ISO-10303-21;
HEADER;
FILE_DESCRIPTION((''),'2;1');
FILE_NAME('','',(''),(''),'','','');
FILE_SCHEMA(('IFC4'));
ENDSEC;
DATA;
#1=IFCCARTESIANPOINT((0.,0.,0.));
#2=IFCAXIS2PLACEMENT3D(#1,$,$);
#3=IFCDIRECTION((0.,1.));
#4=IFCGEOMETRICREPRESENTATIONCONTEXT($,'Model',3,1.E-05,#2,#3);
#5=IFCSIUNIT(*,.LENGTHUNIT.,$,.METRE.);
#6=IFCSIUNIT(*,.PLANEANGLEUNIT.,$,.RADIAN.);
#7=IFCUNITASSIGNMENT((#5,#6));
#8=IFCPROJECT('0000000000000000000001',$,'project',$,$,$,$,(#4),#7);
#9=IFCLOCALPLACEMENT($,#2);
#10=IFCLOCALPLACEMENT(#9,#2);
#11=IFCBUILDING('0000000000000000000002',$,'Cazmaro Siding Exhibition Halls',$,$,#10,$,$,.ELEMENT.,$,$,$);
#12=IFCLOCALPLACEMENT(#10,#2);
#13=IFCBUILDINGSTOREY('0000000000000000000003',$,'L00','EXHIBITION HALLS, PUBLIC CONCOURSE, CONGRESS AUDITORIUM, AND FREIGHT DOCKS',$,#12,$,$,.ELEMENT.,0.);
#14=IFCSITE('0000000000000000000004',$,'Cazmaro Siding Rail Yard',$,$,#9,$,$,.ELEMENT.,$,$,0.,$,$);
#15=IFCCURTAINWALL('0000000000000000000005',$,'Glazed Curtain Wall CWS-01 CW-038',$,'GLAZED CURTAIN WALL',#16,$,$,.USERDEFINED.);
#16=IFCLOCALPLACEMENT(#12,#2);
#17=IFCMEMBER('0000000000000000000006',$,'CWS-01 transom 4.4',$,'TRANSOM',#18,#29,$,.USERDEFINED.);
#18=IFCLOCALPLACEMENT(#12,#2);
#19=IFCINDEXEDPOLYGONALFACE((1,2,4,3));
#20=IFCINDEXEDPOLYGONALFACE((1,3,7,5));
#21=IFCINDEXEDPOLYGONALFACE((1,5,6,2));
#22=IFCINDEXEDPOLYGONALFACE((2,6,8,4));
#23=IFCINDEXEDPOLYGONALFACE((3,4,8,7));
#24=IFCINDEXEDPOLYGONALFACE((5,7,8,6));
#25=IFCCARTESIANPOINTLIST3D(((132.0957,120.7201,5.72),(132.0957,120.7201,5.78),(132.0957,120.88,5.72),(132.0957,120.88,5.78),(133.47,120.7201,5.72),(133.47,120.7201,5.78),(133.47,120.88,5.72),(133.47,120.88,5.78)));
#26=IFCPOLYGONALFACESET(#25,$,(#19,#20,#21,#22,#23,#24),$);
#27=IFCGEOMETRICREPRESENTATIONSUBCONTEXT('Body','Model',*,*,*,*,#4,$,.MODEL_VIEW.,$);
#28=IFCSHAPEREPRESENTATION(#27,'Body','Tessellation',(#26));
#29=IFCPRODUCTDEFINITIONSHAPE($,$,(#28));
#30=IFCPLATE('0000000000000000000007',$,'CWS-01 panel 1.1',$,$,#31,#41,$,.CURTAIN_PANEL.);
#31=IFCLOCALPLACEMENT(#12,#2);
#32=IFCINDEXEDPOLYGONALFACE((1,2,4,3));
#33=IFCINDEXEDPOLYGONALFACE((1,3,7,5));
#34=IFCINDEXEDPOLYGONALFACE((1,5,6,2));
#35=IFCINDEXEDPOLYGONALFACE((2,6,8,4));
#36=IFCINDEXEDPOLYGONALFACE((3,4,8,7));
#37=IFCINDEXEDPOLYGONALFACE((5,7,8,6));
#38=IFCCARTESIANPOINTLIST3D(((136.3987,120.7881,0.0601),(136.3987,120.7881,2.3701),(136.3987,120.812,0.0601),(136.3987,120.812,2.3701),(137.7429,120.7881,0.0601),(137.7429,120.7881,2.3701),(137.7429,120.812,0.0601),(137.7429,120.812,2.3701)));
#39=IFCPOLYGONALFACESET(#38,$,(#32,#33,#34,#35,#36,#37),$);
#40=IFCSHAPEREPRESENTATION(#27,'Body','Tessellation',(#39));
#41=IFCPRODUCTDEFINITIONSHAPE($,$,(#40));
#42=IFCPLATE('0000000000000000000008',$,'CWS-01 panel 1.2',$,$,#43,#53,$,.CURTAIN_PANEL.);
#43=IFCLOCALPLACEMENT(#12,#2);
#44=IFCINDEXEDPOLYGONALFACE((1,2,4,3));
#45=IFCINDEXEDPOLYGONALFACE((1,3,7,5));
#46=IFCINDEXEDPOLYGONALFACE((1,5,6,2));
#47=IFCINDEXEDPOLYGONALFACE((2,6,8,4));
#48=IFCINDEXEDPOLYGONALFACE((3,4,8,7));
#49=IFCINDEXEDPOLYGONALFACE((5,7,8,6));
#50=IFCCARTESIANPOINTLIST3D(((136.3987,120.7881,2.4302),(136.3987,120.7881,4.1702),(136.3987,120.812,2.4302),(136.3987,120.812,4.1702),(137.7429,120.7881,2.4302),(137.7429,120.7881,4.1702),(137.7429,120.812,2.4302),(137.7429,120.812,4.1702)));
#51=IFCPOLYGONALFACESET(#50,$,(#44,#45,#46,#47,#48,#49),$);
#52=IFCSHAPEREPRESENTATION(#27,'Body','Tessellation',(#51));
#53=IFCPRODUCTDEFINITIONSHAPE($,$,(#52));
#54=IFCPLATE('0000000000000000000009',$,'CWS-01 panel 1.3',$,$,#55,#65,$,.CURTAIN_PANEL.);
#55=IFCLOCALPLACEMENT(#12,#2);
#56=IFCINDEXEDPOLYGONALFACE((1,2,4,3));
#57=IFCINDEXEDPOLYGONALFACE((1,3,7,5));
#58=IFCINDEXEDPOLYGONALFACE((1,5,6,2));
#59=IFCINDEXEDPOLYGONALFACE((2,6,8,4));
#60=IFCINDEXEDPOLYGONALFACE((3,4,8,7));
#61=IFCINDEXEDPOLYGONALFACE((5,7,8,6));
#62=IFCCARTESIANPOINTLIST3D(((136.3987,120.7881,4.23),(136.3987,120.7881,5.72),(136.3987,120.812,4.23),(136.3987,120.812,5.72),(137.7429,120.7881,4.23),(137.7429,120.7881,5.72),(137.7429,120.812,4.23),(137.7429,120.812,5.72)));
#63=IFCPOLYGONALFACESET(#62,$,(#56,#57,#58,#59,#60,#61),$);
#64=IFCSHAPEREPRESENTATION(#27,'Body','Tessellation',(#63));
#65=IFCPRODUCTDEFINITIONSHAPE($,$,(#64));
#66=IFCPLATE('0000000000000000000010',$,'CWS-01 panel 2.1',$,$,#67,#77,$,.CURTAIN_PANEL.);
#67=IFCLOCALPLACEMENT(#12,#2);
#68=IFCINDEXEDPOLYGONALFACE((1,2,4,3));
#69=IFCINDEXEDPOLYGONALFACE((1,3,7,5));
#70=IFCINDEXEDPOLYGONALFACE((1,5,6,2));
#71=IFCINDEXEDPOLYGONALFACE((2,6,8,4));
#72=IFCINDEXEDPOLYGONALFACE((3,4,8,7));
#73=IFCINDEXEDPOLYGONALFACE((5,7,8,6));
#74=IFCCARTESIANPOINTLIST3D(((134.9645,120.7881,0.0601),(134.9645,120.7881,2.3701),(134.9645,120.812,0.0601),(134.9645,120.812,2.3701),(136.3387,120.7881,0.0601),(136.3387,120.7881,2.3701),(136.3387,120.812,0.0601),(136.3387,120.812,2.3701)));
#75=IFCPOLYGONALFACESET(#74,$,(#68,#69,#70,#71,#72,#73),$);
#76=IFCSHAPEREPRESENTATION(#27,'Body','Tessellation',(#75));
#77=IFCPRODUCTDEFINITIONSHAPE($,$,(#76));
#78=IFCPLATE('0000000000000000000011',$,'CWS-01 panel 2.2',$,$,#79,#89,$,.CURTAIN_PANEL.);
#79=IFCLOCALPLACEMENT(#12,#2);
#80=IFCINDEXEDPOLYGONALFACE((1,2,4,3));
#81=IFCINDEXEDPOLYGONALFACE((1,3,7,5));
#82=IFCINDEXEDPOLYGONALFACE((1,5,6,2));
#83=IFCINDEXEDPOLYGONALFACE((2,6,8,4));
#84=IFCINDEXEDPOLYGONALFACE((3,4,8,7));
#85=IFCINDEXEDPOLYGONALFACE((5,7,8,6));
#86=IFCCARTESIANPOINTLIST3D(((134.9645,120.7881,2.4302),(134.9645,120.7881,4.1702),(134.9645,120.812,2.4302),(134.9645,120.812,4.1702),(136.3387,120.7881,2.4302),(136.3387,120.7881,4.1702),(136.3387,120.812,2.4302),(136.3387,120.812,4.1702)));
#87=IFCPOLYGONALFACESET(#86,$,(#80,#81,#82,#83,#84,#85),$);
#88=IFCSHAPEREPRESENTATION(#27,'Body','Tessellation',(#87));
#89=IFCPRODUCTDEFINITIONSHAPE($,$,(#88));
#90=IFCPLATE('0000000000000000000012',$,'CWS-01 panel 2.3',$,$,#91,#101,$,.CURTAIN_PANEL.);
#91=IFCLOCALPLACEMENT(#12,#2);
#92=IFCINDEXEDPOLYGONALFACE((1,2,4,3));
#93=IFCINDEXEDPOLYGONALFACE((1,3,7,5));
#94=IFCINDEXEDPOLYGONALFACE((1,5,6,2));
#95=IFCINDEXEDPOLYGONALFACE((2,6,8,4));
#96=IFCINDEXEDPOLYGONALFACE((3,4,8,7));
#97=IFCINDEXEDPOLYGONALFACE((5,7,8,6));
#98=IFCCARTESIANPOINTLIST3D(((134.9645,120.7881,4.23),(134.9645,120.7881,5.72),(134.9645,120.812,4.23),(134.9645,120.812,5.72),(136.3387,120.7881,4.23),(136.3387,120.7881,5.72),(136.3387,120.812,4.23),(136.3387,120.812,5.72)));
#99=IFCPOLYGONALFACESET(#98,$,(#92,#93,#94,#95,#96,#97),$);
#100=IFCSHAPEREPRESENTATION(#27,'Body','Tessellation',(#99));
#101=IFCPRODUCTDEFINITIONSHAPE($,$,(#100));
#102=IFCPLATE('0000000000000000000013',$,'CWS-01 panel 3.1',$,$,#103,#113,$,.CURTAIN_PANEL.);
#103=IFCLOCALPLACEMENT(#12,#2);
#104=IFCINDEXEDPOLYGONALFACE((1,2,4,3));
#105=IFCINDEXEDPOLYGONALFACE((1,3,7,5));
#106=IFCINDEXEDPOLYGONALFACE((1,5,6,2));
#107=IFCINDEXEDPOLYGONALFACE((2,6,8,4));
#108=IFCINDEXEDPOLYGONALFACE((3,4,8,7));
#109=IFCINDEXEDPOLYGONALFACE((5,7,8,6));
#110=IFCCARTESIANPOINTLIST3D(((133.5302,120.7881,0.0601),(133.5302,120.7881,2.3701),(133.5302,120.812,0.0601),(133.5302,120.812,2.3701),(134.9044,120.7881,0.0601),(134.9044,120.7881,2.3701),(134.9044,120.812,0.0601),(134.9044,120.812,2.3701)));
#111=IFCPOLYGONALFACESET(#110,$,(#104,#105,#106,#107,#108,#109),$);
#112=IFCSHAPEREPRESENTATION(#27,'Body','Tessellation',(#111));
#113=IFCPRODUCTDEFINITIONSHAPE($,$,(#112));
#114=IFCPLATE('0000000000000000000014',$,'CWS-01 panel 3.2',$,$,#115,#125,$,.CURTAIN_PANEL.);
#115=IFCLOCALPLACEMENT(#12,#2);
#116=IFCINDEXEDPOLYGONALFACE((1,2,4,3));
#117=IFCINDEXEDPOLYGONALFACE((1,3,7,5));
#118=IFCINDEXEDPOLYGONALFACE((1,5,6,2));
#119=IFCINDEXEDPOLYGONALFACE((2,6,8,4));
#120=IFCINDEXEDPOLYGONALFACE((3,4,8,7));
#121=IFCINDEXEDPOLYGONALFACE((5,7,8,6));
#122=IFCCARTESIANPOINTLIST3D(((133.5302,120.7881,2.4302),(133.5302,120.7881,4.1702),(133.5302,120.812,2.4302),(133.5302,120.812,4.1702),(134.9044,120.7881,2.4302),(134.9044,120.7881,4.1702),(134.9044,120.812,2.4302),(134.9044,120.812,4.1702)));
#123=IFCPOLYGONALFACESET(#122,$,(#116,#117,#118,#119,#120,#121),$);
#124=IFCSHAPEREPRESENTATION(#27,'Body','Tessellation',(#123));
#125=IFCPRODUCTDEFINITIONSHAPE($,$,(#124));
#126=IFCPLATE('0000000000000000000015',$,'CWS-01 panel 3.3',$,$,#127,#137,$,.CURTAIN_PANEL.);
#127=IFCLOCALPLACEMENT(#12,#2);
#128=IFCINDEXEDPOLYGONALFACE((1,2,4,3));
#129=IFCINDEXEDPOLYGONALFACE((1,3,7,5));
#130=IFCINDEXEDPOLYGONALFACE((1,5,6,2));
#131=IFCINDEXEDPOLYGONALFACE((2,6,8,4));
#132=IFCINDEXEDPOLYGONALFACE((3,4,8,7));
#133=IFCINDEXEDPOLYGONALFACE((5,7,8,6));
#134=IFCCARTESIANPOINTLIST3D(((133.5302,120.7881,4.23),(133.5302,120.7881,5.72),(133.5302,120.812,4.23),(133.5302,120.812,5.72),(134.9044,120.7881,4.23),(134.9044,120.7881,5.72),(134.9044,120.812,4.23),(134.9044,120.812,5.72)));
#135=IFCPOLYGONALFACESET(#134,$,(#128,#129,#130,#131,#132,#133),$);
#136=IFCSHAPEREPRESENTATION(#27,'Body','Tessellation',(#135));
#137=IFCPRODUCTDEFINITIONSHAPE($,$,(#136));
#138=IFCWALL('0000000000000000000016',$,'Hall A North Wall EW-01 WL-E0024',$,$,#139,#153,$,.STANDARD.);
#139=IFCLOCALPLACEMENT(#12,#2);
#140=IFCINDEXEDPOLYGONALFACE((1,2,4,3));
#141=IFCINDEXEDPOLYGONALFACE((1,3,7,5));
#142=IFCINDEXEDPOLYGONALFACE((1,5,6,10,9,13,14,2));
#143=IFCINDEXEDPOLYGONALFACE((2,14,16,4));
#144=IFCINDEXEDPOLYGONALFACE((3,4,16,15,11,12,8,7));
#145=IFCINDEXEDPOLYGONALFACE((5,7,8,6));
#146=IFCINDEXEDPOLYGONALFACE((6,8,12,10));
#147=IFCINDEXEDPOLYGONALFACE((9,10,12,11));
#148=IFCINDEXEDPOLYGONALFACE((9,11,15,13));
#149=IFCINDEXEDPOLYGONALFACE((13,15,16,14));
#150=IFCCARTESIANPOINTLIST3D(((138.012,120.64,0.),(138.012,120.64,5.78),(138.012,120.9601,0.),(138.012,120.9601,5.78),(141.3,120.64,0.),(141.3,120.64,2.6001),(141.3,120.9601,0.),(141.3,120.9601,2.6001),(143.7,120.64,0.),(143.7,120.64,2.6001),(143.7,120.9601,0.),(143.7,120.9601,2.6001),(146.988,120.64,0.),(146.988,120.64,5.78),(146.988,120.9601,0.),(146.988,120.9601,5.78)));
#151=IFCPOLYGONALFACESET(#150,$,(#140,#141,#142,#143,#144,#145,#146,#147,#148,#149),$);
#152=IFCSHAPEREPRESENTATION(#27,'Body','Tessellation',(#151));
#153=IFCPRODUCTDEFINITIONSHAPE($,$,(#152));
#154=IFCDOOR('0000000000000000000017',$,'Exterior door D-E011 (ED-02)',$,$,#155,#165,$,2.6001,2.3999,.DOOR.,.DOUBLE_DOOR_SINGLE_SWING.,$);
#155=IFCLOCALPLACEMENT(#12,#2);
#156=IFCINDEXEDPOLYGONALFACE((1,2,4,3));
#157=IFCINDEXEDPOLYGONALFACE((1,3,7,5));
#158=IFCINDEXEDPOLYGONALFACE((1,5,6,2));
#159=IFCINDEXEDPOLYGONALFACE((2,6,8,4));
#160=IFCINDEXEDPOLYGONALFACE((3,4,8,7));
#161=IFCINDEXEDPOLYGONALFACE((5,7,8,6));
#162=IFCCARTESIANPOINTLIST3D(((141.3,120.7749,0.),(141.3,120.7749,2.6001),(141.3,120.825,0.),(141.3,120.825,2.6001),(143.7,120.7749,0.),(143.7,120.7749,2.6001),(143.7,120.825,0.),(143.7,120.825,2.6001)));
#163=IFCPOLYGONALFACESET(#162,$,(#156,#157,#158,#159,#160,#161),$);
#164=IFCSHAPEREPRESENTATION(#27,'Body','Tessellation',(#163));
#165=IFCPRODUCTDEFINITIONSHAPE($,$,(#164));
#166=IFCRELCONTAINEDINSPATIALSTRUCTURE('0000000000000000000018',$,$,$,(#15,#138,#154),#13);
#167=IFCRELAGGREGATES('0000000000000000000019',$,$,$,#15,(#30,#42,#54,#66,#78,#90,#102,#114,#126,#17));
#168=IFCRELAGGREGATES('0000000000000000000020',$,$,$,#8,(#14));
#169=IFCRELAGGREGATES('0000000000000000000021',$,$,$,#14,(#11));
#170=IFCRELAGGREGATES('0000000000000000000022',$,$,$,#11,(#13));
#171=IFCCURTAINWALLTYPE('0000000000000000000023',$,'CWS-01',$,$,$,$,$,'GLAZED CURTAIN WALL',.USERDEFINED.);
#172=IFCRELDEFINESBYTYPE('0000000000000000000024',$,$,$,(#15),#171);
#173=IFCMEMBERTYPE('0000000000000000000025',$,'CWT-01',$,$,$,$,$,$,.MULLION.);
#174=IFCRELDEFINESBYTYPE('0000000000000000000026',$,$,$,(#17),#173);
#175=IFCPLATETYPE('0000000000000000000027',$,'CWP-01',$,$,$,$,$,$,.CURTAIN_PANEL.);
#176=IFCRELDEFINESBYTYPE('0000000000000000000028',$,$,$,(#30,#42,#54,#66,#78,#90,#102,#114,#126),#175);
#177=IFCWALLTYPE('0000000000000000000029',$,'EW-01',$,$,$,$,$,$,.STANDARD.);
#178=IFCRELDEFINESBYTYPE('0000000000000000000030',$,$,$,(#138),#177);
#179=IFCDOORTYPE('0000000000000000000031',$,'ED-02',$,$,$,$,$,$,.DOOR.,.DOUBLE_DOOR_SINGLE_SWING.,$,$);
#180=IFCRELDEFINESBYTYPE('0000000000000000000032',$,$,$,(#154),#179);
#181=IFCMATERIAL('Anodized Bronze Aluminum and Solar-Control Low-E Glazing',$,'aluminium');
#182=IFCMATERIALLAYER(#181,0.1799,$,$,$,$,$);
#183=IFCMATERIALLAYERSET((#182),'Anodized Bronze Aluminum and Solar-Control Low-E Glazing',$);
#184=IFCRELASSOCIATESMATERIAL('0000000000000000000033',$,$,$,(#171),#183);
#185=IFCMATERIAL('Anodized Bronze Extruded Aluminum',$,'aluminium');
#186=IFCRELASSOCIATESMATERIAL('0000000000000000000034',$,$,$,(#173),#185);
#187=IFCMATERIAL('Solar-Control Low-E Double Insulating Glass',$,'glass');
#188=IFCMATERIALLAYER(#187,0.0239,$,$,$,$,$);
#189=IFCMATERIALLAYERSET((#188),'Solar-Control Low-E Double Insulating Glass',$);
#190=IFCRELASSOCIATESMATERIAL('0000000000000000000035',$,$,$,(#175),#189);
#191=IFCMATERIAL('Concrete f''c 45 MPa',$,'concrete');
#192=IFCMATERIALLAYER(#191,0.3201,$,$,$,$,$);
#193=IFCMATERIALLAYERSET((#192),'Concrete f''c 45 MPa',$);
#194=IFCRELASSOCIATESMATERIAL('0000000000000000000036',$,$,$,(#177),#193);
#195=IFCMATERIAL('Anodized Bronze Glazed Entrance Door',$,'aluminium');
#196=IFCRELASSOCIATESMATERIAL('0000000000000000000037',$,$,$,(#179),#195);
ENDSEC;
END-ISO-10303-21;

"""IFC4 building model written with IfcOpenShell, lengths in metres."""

from ifc_helpers import new_model, si_unit, direction, frame, frame_2d, origin, origin_2d, place, context, subcontext, project, spatial, rectangle, extrude, material, layer, layer_set, material_profile, profile_set, type_object, element, fill, aggregate, save


model = new_model("IFC4")

# Units and contexts
model_context = context("Model", 3, precision=1e-05, world=origin(), true_north=direction((0.0, 1.0)))
body_context = subcontext(model_context, "Body", "Model", "MODEL_VIEW")
ifc_project = project(units=[si_unit("LENGTHUNIT", "METRE"), si_unit("PLANEANGLEUNIT", "RADIAN")], contexts=[model_context])

# Site, building, storey
site_placement = place(None, origin())
site = spatial("IfcSite", under=ifc_project, at=site_placement, Name="Cazmaro Siding Rail Yard", CompositionType="ELEMENT", RefElevation=0.0)
building_placement = place(site_placement, origin())
building = spatial("IfcBuilding", under=site, at=building_placement, Name="Cazmaro Siding Exhibition Halls", CompositionType="ELEMENT")
storey_placement = place(building_placement, origin())
storey = spatial("IfcBuildingStorey", under=building, at=storey_placement, Name="L00", Description="EXHIBITION HALLS, PUBLIC CONCOURSE, CONGRESS AUDITORIUM, AND FREIGHT DOCKS", CompositionType="ELEMENT", Elevation=0.0)

# Curtain wall, member, plates
ifc_material_1 = material(Name="Anodized Bronze Aluminum and Solar-Control Low-E Glazing", Category="aluminium")
ifc_layer_1 = layer(ifc_material_1, 0.1799)
ifc_layer_set_1 = layer_set([ifc_layer_1], Name="Anodized Bronze Aluminum and Solar-Control Low-E Glazing")
curtain_wall_type = type_object("IfcCurtainWallType", Name="CWS-01", ElementType="GLAZED CURTAIN WALL", PredefinedType="USERDEFINED", material=ifc_layer_set_1)
curtain_wall_placement = place(storey_placement, origin())
curtain_wall = element("IfcCurtainWall", 1, at=curtain_wall_placement, inside=storey, type_object=curtain_wall_type, Name="Glazed Curtain Wall CWS-01 CW-038", ObjectType="GLAZED CURTAIN WALL", PredefinedType="USERDEFINED")
ifc_material_2 = material(Name="Anodized Bronze Extruded Aluminum", Category="aluminium")
ifc_material_profile_1 = material_profile(ifc_material_2, rectangle(XDim=0.1599, YDim=0.0601, at=origin_2d()), Name="CWT-01")
ifc_profile_set_1 = profile_set([ifc_material_profile_1], Name="Anodized Bronze Extruded Aluminum")
member_type_1 = type_object("IfcMemberType", Name="CWT-01", PredefinedType="MULLION", material=ifc_profile_set_1)
member_1_placement = place(storey_placement, frame((133.47, 120.8, 5.75), z_axis=(-1.0, 0.0, 0.0), x_axis=(0.0, -1.0, 0.0)))
member_1 = element("IfcMember", 2, at=member_1_placement, type_object=member_type_1, Name="CWS-01 transom 4.4", ObjectType="TRANSOM", PredefinedType="USERDEFINED", context=body_context, shape_type="SweptSolid", body=[
    extrude(rectangle(XDim=0.1599, YDim=0.0601, at=origin_2d()), origin(), (0.0, 0.0, 1.0), 1.3743),
])
ifc_material_3 = material(Name="Solar-Control Low-E Double Insulating Glass", Category="glass")
ifc_layer_2 = layer(ifc_material_3, 0.0239)
ifc_layer_set_2 = layer_set([ifc_layer_2], Name="Solar-Control Low-E Double Insulating Glass")
plate_type = type_object("IfcPlateType", Name="CWP-01", PredefinedType="CURTAIN_PANEL", material=ifc_layer_set_2)
plate_1_placement = place(storey_placement, frame((137.0708, 120.8, 0.0601), z_axis=(0.0, 0.0, 1.0), x_axis=(-1.0, 0.0, 0.0)))
plate_1 = element("IfcPlate", 3, at=plate_1_placement, type_object=plate_type, Name="CWS-01 panel 1.1", PredefinedType="CURTAIN_PANEL", context=body_context, shape_type="SweptSolid", body=[
    extrude(rectangle(XDim=1.3442, YDim=0.0239, at=origin_2d()), origin(), (0.0, 0.0, 1.0), 2.3101),
])
plate_2_placement = place(storey_placement, frame((137.0708, 120.8, 2.4302), z_axis=(0.0, 0.0, 1.0), x_axis=(-1.0, 0.0, 0.0)))
plate_2 = element("IfcPlate", 4, at=plate_2_placement, type_object=plate_type, Name="CWS-01 panel 1.2", PredefinedType="CURTAIN_PANEL", context=body_context, shape_type="SweptSolid", body=[
    extrude(rectangle(XDim=1.3442, YDim=0.0239, at=origin_2d()), origin(), (0.0, 0.0, 1.0), 1.74),
])
plate_3_placement = place(storey_placement, frame((137.0708, 120.8, 4.23), z_axis=(0.0, 0.0, 1.0), x_axis=(-1.0, 0.0, 0.0)))
plate_3 = element("IfcPlate", 5, at=plate_3_placement, type_object=plate_type, Name="CWS-01 panel 1.3", PredefinedType="CURTAIN_PANEL", context=body_context, shape_type="SweptSolid", body=[
    extrude(rectangle(XDim=1.3442, YDim=0.0239, at=origin_2d()), origin(), (0.0, 0.0, 1.0), 1.49),
])
plate_4_placement = place(storey_placement, frame((135.6516, 120.8, 0.0601), z_axis=(0.0, 0.0, 1.0), x_axis=(-1.0, 0.0, 0.0)))
plate_4 = element("IfcPlate", 6, at=plate_4_placement, type_object=plate_type, Name="CWS-01 panel 2.1", PredefinedType="CURTAIN_PANEL", context=body_context, shape_type="SweptSolid", body=[
    extrude(rectangle(XDim=1.3743, YDim=0.0239, at=origin_2d()), origin(), (0.0, 0.0, 1.0), 2.3101),
])
plate_5_placement = place(storey_placement, frame((135.6516, 120.8, 2.4302), z_axis=(0.0, 0.0, 1.0), x_axis=(-1.0, 0.0, 0.0)))
plate_5 = element("IfcPlate", 7, at=plate_5_placement, type_object=plate_type, Name="CWS-01 panel 2.2", PredefinedType="CURTAIN_PANEL", context=body_context, shape_type="SweptSolid", body=[
    extrude(rectangle(XDim=1.3743, YDim=0.0239, at=origin_2d()), origin(), (0.0, 0.0, 1.0), 1.74),
])
plate_6_placement = place(storey_placement, frame((135.6516, 120.8, 4.23), z_axis=(0.0, 0.0, 1.0), x_axis=(-1.0, 0.0, 0.0)))
plate_6 = element("IfcPlate", 8, at=plate_6_placement, type_object=plate_type, Name="CWS-01 panel 2.3", PredefinedType="CURTAIN_PANEL", context=body_context, shape_type="SweptSolid", body=[
    extrude(rectangle(XDim=1.3743, YDim=0.0239, at=origin_2d()), origin(), (0.0, 0.0, 1.0), 1.49),
])
plate_7_placement = place(storey_placement, frame((134.2173, 120.8, 0.0601), z_axis=(0.0, 0.0, 1.0), x_axis=(-1.0, 0.0, 0.0)))
plate_7 = element("IfcPlate", 9, at=plate_7_placement, type_object=plate_type, Name="CWS-01 panel 3.1", PredefinedType="CURTAIN_PANEL", context=body_context, shape_type="SweptSolid", body=[
    extrude(rectangle(XDim=1.3743, YDim=0.0239, at=origin_2d()), origin(), (0.0, 0.0, 1.0), 2.3101),
])
plate_8_placement = place(storey_placement, frame((134.2173, 120.8, 2.4302), z_axis=(0.0, 0.0, 1.0), x_axis=(-1.0, 0.0, 0.0)))
plate_8 = element("IfcPlate", 10, at=plate_8_placement, type_object=plate_type, Name="CWS-01 panel 3.2", PredefinedType="CURTAIN_PANEL", context=body_context, shape_type="SweptSolid", body=[
    extrude(rectangle(XDim=1.3743, YDim=0.0239, at=origin_2d()), origin(), (0.0, 0.0, 1.0), 1.74),
])
plate_9_placement = place(storey_placement, frame((134.2173, 120.8, 4.23), z_axis=(0.0, 0.0, 1.0), x_axis=(-1.0, 0.0, 0.0)))
plate_9 = element("IfcPlate", 11, at=plate_9_placement, type_object=plate_type, Name="CWS-01 panel 3.3", PredefinedType="CURTAIN_PANEL", context=body_context, shape_type="SweptSolid", body=[
    extrude(rectangle(XDim=1.3743, YDim=0.0239, at=origin_2d()), origin(), (0.0, 0.0, 1.0), 1.49),
])
aggregate(curtain_wall, [plate_1, plate_2, plate_3, plate_4, plate_5, plate_6, plate_7, plate_8, plate_9, member_1])

# Wall, opening, door
ifc_material_4 = material(Name="Concrete f'c 45 MPa", Category="concrete")
ifc_layer_3 = layer(ifc_material_4, 0.3201)
ifc_layer_set_3 = layer_set([ifc_layer_3], Name="Concrete f'c 45 MPa")
wall_type = type_object("IfcWallType", Name="EW-01", PredefinedType="STANDARD", material=ifc_layer_set_3)
wall_placement = place(storey_placement, frame((138.012, 120.8, 0.0), z_axis=(0.0, 0.0, 1.0), x_axis=(1.0, 0.0, 0.0)))
wall = element("IfcWall", 12, at=wall_placement, inside=storey, type_object=wall_type, Name="Hall A North Wall EW-01 WL-E0024", PredefinedType="STANDARD", context=body_context, shape_type="SweptSolid", body=[
    extrude(rectangle(XDim=8.9761, YDim=0.3201, at=frame_2d((4.488, 0.0))), origin(), (0.0, 0.0, 1.0), 5.78),
])
opening_placement = place(wall_placement, frame((3.2881, 0.0, 0.0)))
opening = element("IfcOpeningElement", 13, at=opening_placement, cuts=wall, PredefinedType="OPENING", context=body_context, shape_type="SweptSolid", body=[
    extrude(rectangle(XDim=2.3999, YDim=2.6001, at=frame_2d((1.2, 1.3))), frame((0.0, 0.1699, 0.0), z_axis=(0.0, -1.0, 0.0), x_axis=(1.0, 0.0, 0.0)), (0.0, 0.0, 1.0), 0.3401),
])
ifc_material_5 = material(Name="Anodized Bronze Glazed Entrance Door", Category="aluminium")
door_type = type_object("IfcDoorType", Name="ED-02", OperationType="DOUBLE_DOOR_SINGLE_SWING", PredefinedType="DOOR", material=ifc_material_5)
door_placement = place(opening_placement, origin())
door = element("IfcDoor", 14, at=door_placement, inside=storey, type_object=door_type, Name="Exterior door D-E011 (ED-02)", OperationType="DOUBLE_DOOR_SINGLE_SWING", OverallHeight=2.6001, OverallWidth=2.3999, PredefinedType="DOOR", context=body_context, shape_type="SweptSolid", body=[
    extrude(rectangle(XDim=2.3999, YDim=2.6001, at=frame_2d((1.2, 1.3))), frame((0.0, 0.0249, 0.0), z_axis=(0.0, -1.0, 0.0), x_axis=(1.0, 0.0, 0.0)), (0.0, 0.0, 1.0), 0.05),
])
fill(opening, door)

save(model, "model.ifc")
